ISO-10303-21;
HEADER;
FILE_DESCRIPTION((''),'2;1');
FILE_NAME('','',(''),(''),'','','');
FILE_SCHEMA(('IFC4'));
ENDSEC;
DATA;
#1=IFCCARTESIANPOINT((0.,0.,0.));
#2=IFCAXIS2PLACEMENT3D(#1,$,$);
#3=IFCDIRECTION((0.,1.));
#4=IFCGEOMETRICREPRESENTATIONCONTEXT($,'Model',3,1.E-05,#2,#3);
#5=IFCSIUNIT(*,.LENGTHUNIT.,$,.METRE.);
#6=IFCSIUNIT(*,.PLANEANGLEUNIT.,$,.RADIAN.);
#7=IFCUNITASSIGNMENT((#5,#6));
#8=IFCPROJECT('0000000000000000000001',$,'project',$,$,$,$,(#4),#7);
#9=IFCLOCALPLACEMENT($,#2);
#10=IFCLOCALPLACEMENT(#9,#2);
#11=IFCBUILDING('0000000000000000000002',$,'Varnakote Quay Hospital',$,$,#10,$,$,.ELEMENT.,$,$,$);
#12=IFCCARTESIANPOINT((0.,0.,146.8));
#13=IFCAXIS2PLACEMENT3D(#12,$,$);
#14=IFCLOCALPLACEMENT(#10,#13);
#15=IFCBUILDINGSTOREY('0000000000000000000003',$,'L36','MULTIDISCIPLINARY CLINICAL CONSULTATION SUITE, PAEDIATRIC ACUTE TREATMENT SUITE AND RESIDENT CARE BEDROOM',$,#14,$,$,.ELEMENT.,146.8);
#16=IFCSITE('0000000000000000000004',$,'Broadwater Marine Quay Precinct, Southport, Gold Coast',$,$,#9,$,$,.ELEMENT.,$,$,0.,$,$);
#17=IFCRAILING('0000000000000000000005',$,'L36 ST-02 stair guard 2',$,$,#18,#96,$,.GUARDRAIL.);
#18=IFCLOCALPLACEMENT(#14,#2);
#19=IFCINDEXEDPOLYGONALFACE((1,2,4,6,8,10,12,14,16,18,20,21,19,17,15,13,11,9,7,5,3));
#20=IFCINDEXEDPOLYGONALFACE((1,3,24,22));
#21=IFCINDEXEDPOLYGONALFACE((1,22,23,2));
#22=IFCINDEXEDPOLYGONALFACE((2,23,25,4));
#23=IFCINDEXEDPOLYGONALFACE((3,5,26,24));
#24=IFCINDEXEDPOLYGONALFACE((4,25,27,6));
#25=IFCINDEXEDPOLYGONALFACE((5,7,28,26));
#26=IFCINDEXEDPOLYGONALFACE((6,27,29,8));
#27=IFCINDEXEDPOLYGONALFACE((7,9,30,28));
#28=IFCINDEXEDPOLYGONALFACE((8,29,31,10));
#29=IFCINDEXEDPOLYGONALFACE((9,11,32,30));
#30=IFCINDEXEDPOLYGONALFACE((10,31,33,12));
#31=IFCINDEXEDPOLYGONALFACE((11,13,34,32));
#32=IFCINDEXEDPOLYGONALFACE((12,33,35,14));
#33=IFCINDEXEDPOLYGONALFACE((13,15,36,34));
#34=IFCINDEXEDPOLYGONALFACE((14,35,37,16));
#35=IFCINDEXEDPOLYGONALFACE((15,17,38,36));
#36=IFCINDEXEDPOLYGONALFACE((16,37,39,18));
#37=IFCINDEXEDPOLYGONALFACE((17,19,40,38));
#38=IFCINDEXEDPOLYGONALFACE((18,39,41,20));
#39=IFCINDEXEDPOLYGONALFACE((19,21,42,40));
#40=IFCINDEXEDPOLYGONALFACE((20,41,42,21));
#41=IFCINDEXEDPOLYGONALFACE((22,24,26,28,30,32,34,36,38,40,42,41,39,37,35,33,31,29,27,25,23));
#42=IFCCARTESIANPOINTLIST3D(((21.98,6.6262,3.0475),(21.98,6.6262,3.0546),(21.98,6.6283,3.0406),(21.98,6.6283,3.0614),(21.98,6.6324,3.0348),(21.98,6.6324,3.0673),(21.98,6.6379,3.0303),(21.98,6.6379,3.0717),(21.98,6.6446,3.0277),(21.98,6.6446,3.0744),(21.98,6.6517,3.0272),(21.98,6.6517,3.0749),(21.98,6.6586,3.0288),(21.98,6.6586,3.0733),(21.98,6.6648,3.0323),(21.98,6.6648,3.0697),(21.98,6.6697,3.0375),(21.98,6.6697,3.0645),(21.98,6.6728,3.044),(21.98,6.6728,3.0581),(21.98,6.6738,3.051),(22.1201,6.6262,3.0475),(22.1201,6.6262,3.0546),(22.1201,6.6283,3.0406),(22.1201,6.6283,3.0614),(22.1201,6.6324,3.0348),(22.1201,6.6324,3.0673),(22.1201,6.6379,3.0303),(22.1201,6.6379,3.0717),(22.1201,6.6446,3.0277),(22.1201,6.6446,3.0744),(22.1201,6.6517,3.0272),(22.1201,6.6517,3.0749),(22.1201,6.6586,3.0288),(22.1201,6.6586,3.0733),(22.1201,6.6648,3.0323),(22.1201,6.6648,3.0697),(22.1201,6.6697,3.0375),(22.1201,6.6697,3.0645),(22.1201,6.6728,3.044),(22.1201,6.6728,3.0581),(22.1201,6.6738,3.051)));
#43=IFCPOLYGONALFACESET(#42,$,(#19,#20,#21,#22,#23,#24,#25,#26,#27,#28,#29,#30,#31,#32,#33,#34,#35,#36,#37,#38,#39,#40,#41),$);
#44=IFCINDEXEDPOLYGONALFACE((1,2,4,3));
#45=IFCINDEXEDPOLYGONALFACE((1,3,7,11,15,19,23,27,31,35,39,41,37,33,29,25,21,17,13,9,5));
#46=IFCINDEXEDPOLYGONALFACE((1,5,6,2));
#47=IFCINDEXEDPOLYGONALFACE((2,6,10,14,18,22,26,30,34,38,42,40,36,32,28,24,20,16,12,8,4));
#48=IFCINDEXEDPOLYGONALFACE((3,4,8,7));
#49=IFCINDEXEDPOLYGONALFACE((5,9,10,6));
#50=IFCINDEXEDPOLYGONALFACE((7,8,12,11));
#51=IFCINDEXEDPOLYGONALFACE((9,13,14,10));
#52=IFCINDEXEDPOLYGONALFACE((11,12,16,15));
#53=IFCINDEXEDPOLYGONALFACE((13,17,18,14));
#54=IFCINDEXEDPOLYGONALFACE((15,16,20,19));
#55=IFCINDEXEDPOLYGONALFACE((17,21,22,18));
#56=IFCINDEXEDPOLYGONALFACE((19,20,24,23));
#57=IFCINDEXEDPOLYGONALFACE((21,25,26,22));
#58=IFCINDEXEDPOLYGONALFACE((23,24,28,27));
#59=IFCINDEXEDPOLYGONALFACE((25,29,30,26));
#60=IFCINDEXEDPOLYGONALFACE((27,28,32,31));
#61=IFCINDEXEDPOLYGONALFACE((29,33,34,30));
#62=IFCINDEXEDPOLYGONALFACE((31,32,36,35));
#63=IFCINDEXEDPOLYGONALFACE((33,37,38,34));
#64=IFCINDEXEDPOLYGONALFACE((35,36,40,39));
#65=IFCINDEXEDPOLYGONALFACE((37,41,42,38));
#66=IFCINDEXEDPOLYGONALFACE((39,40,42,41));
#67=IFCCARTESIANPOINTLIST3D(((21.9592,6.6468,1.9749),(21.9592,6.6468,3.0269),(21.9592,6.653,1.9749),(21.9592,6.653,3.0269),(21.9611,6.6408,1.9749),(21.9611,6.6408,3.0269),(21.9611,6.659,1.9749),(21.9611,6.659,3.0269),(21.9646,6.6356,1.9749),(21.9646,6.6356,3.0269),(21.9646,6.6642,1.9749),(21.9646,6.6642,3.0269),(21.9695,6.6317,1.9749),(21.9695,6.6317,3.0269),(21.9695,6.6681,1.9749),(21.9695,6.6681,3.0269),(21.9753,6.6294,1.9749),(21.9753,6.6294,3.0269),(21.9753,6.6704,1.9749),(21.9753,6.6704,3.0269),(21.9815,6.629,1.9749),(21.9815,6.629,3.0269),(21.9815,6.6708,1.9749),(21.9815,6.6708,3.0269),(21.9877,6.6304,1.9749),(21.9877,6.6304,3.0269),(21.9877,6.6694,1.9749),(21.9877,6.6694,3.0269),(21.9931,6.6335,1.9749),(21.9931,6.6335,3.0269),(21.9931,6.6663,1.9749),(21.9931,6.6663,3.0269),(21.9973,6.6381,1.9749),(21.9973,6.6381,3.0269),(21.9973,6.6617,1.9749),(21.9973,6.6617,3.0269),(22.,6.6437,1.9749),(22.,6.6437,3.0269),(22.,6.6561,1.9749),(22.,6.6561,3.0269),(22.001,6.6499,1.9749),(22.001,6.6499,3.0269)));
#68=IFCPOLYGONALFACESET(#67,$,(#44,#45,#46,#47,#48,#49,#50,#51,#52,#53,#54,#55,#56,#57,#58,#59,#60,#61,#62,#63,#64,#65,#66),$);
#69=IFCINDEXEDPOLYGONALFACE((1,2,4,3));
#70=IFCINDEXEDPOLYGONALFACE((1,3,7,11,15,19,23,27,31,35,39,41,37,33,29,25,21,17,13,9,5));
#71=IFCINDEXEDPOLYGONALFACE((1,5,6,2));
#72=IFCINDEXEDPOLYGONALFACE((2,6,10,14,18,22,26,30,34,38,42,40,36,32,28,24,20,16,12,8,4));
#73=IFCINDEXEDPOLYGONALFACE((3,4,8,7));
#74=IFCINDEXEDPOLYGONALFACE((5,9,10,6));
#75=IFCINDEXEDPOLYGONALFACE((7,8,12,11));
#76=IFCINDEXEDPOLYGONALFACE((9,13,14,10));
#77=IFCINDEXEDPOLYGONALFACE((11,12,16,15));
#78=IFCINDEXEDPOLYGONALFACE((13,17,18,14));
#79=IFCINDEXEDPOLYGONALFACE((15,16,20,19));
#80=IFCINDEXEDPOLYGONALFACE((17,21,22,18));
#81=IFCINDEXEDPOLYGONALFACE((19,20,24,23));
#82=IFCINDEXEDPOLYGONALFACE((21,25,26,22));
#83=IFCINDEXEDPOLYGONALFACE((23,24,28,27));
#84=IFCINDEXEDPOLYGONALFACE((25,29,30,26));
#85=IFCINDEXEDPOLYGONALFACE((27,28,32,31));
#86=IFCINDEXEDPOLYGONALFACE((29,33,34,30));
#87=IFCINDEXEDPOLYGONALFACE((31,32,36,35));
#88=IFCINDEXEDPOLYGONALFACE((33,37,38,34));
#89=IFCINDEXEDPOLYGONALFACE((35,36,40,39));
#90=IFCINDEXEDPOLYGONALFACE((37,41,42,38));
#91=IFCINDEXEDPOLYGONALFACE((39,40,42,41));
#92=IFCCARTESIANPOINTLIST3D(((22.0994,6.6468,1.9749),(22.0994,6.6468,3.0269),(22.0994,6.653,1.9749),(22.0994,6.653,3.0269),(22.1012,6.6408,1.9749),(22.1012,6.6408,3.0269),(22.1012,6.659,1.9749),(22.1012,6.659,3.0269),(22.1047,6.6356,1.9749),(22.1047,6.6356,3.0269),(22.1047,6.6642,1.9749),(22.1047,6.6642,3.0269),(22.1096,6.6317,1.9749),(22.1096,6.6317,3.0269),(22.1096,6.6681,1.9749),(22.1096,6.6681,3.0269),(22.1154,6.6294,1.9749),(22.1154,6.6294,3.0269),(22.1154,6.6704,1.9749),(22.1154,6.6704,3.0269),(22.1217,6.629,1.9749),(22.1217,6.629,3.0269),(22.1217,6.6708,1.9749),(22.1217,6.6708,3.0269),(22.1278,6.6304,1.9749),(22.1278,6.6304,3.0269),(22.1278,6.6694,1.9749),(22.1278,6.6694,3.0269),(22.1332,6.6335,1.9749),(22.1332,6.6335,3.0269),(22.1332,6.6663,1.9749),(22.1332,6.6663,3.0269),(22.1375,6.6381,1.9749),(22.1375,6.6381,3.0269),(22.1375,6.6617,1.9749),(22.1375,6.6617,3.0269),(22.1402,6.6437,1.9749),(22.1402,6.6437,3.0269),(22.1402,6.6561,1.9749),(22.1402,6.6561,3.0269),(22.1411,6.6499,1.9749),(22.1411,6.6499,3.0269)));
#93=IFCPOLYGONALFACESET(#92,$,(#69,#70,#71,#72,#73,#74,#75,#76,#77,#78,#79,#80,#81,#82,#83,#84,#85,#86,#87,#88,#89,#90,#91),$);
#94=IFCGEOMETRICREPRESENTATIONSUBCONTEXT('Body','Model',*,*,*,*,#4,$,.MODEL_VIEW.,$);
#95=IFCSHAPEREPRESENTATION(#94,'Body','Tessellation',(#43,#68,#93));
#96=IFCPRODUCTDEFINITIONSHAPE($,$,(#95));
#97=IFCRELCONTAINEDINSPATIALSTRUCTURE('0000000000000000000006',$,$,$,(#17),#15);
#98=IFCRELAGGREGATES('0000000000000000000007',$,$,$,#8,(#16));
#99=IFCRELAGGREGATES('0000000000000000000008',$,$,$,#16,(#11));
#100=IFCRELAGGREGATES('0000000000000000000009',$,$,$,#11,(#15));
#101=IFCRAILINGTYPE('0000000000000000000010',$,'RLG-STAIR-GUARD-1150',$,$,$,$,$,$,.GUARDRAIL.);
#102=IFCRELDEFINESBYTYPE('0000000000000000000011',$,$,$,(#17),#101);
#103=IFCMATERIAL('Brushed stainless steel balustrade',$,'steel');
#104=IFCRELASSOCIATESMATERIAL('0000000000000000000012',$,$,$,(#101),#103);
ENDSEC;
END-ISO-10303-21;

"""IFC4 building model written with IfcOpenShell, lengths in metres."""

from ifc_helpers import new_model, si_unit, direction, frame, origin, origin_2d, place, context, subcontext, project, spatial, circle, extrude, material, type_object, element, save


model = new_model("IFC4")

# Units and contexts
model_context = context("Model", 3, precision=1e-05, world=origin(), true_north=direction((0.0, 1.0)))
body_context = subcontext(model_context, "Body", "Model", "MODEL_VIEW")
ifc_project = project(units=[si_unit("LENGTHUNIT", "METRE"), si_unit("PLANEANGLEUNIT", "RADIAN")], contexts=[model_context])

# Site, building, storey
site_placement = place(None, origin())
site = spatial("IfcSite", under=ifc_project, at=site_placement, Name="Broadwater Marine Quay Precinct, Southport, Gold Coast", CompositionType="ELEMENT", RefElevation=0.0)
building_placement = place(site_placement, origin())
building = spatial("IfcBuilding", under=site, at=building_placement, Name="Varnakote Quay Hospital", CompositionType="ELEMENT")
storey_placement = place(building_placement, frame((0.0, 0.0, 146.8)))
storey = spatial("IfcBuildingStorey", under=building, at=storey_placement, Name="L36", Description="MULTIDISCIPLINARY CLINICAL CONSULTATION SUITE, PAEDIATRIC ACUTE TREATMENT SUITE AND RESIDENT CARE BEDROOM", CompositionType="ELEMENT", Elevation=146.8)

# Railing
ifc_material_1 = material(Name="Brushed stainless steel balustrade", Category="steel")
railing_type_1 = type_object("IfcRailingType", Name="RLG-STAIR-GUARD-1150", PredefinedType="GUARDRAIL", material=ifc_material_1)
railing_1_placement = place(storey_placement, frame((21.98, 6.6499, 1.9749)))
element("IfcRailing", 1, at=railing_1_placement, inside=storey, type_object=railing_type_1, Name="L36 ST-02 stair guard 2", PredefinedType="GUARDRAIL", context=body_context, shape_type="SweptSolid", body=[
    extrude(circle(Radius=0.0239, at=origin_2d()), frame((0.0, 0.0, 1.0762), z_axis=(1.0, 0.0, 0.0), x_axis=(0.0, 1.0, 0.0)), (0.0, 0.0, 1.0), 0.1401),
    extrude(circle(Radius=0.021, at=origin_2d()), origin(), (0.0, 0.0, 1.0), 1.052),
    extrude(circle(Radius=0.021, at=origin_2d()), frame((0.1401, 0.0, 0.0)), (0.0, 0.0, 1.0), 1.052),
])

save(model, "model.ifc")
